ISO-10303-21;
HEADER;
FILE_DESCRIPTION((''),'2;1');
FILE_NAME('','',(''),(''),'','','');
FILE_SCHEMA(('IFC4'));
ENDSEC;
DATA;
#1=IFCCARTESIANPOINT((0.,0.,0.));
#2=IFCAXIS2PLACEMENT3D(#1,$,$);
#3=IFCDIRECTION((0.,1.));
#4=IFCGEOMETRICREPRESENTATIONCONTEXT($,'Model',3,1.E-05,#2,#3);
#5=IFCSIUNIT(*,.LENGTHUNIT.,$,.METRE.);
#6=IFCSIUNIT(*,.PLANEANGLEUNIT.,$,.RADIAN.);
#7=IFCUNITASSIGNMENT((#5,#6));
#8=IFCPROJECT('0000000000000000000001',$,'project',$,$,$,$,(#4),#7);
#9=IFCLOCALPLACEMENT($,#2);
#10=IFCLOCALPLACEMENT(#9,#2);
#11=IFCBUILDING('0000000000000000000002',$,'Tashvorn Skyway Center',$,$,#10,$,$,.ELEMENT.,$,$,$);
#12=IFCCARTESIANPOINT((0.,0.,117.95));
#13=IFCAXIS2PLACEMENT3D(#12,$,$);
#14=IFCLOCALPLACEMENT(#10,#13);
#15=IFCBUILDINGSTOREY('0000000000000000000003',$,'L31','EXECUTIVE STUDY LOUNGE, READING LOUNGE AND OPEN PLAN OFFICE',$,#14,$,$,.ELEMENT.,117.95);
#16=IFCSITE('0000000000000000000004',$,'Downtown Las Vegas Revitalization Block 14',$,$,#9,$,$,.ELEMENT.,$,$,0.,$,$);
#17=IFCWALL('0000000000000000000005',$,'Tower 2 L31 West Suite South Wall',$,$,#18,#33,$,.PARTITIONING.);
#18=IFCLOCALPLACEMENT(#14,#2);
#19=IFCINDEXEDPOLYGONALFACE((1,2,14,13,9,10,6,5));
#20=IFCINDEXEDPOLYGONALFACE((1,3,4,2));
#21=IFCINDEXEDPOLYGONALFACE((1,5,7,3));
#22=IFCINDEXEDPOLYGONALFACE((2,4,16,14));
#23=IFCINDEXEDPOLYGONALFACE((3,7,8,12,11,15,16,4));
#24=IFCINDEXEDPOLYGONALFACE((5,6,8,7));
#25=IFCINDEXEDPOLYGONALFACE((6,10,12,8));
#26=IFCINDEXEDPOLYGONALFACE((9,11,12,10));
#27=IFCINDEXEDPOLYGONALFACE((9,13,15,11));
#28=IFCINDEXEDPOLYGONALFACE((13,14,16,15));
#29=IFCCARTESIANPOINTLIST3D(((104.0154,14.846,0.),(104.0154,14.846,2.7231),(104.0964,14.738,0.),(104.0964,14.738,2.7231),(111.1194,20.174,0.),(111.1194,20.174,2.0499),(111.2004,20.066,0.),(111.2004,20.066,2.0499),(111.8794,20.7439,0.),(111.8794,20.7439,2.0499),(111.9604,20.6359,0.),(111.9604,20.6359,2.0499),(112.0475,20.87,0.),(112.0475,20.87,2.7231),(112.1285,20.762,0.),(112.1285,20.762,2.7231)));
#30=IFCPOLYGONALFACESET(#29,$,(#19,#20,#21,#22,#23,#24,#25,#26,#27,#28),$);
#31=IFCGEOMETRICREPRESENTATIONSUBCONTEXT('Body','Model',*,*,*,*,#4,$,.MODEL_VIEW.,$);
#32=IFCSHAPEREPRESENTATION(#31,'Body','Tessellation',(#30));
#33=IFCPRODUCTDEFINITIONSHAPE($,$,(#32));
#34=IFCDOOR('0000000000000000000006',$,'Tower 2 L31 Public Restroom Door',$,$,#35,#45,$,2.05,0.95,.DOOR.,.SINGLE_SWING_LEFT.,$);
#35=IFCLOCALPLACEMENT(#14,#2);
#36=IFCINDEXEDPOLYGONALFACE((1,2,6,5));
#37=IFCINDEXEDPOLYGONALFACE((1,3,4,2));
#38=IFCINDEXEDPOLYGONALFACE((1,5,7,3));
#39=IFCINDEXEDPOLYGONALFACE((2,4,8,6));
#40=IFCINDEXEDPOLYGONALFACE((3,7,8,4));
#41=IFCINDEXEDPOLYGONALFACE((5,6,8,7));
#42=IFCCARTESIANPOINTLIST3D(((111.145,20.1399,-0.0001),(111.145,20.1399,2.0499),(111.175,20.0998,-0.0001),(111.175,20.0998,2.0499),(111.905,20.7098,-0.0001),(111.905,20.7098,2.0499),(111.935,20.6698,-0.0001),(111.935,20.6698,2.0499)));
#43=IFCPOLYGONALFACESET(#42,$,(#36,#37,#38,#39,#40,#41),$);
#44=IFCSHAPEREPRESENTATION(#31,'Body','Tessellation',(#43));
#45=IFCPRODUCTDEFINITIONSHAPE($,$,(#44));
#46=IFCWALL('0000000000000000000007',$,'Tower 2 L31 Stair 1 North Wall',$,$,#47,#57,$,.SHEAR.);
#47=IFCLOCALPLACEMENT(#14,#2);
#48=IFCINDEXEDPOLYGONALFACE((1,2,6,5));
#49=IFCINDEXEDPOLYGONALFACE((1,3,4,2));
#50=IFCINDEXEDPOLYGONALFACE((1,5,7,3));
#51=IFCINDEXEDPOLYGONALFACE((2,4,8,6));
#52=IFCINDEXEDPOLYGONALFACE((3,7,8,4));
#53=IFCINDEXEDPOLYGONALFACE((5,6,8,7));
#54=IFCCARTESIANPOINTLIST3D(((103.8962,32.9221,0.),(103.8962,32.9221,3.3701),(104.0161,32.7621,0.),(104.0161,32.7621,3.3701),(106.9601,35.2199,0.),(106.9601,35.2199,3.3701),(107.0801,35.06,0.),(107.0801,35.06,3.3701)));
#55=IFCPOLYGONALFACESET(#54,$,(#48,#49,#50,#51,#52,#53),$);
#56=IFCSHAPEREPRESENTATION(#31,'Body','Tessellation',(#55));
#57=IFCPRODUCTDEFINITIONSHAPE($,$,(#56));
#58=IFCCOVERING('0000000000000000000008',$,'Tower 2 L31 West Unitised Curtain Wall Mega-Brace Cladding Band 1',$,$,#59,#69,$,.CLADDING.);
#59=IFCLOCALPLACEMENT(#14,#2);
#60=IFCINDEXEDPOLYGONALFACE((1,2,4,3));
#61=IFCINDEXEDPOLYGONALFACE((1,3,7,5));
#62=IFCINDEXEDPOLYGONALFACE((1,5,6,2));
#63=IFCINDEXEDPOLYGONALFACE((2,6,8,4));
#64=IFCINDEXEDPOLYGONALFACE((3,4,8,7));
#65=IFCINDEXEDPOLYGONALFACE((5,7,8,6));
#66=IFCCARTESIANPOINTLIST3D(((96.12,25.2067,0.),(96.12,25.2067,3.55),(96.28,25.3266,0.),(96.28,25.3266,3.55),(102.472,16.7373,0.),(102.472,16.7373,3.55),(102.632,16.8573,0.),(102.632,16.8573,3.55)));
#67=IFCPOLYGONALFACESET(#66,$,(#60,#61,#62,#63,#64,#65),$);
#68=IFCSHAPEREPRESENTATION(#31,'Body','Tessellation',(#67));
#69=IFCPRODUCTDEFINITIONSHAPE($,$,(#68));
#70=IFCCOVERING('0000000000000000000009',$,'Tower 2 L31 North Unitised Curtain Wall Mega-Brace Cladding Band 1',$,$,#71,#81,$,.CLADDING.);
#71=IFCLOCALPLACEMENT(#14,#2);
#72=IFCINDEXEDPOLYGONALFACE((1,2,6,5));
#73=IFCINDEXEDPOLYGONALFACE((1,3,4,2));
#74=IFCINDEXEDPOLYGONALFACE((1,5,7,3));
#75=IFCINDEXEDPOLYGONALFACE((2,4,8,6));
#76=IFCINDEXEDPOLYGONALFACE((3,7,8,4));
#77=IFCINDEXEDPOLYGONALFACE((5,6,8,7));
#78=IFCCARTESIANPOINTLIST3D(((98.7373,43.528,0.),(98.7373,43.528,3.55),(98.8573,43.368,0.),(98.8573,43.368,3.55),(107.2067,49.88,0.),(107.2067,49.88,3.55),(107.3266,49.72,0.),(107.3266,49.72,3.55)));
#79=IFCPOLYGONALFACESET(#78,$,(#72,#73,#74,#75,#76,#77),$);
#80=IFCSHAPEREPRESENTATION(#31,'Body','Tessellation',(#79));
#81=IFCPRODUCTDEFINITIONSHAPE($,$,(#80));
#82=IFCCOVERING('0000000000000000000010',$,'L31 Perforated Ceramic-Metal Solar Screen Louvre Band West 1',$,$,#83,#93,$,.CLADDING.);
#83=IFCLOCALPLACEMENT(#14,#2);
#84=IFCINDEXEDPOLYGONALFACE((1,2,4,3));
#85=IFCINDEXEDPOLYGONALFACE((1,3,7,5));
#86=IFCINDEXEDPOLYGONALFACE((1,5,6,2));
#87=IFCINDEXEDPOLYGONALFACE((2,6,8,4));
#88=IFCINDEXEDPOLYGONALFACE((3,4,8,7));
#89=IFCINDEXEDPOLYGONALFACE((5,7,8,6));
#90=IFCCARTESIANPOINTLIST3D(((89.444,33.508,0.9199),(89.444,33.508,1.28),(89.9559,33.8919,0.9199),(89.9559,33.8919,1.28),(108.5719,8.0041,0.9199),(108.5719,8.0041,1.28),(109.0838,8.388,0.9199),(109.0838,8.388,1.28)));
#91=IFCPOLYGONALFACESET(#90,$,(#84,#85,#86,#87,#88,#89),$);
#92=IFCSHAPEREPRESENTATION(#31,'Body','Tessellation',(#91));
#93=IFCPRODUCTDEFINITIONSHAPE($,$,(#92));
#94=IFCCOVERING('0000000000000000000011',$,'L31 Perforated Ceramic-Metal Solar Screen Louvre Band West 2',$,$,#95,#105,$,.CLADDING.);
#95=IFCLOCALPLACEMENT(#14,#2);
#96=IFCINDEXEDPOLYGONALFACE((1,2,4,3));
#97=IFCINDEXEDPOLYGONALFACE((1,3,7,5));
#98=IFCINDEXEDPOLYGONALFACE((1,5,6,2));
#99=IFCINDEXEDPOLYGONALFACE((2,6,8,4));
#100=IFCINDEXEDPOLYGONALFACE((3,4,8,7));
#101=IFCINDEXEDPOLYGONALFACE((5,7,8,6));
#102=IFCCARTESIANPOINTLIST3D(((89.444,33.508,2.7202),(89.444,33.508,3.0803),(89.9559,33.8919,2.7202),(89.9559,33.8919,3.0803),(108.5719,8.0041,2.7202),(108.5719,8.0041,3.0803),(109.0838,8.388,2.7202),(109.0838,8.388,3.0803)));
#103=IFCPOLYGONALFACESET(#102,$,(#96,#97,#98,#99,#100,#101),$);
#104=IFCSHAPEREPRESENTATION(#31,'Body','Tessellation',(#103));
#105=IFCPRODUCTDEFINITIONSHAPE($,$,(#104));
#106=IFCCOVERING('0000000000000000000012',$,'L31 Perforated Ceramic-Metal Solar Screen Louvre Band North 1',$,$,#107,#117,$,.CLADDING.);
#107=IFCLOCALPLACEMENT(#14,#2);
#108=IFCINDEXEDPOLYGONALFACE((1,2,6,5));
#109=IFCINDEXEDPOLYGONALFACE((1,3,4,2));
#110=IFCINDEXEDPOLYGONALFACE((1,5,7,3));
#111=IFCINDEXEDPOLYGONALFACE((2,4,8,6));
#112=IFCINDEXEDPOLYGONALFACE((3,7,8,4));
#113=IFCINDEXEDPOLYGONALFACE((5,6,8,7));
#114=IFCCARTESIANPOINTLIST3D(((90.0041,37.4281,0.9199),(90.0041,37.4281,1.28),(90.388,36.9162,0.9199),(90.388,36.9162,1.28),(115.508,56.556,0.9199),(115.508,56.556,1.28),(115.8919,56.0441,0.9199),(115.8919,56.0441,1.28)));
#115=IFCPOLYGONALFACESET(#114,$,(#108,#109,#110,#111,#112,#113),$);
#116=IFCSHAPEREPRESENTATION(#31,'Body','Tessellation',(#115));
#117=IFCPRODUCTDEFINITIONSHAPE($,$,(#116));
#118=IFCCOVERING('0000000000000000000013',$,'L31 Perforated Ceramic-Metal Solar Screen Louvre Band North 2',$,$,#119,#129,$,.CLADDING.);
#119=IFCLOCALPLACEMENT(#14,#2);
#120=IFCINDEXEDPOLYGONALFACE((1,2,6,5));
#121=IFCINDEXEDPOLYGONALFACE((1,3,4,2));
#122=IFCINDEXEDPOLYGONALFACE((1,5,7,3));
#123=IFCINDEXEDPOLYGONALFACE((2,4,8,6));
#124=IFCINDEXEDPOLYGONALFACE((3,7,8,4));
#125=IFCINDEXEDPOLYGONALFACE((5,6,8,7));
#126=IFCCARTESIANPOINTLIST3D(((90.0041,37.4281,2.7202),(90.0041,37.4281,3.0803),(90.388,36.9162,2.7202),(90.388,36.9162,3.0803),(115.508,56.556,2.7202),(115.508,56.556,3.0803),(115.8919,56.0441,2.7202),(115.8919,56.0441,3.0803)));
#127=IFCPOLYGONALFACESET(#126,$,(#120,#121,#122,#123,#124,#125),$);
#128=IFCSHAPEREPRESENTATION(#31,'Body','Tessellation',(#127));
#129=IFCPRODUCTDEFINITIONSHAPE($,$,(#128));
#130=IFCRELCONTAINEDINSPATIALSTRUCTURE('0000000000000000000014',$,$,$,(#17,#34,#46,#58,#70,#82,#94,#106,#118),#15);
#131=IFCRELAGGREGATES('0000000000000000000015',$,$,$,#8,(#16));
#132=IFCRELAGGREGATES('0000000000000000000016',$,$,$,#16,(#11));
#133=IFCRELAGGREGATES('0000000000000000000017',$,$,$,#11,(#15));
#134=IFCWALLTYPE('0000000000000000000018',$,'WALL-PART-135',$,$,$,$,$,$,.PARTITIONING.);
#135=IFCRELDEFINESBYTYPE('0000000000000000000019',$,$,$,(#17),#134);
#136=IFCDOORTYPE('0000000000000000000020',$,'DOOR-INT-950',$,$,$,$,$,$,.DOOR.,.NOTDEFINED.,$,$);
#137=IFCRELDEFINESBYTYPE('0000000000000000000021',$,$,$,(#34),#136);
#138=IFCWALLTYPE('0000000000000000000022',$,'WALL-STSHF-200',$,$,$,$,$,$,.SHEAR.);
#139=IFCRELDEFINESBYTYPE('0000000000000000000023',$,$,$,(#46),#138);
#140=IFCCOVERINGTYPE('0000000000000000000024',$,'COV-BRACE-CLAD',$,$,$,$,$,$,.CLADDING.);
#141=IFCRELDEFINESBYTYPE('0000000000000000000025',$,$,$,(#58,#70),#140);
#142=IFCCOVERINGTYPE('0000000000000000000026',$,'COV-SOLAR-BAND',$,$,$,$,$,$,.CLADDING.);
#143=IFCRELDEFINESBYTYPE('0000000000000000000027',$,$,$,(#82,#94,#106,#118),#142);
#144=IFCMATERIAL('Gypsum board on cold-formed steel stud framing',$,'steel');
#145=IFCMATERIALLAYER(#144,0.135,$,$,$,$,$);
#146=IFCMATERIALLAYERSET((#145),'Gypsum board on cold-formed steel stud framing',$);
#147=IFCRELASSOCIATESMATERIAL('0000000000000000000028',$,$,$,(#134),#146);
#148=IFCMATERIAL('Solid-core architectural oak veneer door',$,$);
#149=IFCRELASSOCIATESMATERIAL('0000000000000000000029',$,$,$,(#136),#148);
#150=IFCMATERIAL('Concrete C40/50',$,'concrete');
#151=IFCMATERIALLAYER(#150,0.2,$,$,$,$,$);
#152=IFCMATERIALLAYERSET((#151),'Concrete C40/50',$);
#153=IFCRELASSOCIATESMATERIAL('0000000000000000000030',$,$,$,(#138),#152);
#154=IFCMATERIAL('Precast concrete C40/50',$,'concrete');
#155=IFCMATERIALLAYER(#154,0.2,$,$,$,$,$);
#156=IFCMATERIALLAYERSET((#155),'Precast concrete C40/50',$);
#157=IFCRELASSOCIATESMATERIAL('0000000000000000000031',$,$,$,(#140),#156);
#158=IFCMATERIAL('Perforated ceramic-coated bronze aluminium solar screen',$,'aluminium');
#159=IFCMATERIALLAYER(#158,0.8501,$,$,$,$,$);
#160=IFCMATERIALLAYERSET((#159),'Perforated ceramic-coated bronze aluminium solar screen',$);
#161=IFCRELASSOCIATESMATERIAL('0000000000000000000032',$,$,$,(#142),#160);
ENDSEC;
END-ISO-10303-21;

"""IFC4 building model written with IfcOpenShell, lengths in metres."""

from ifc_helpers import new_model, si_unit, direction, frame, frame_2d, origin, origin_2d, place, context, subcontext, project, spatial, rectangle, extrude, material, layer, layer_set, type_object, element, fill, save


model = new_model("IFC4")

# Units and contexts
model_context = context("Model", 3, precision=1e-05, world=origin(), true_north=direction((0.0, 1.0)))
body_context = subcontext(model_context, "Body", "Model", "MODEL_VIEW")
ifc_project = project(units=[si_unit("LENGTHUNIT", "METRE"), si_unit("PLANEANGLEUNIT", "RADIAN")], contexts=[model_context])

# Site, building, storey
site_placement = place(None, origin())
site = spatial("IfcSite", under=ifc_project, at=site_placement, Name="Downtown Las Vegas Revitalization Block 14", CompositionType="ELEMENT", RefElevation=0.0)
building_placement = place(site_placement, origin())
building = spatial("IfcBuilding", under=site, at=building_placement, Name="Tashvorn Skyway Center", CompositionType="ELEMENT")
storey_placement = place(building_placement, frame((0.0, 0.0, 117.95)))
storey = spatial("IfcBuildingStorey", under=building, at=storey_placement, Name="L31", Description="EXECUTIVE STUDY LOUNGE, READING LOUNGE AND OPEN PLAN OFFICE", CompositionType="ELEMENT", Elevation=117.95)

# Shared definitions
ifc_material_1 = material(Name="Gypsum board on cold-formed steel stud framing", Category="steel")

# Wall, opening, door
ifc_layer_1 = layer(ifc_material_1, 0.135)
ifc_layer_set_1 = layer_set([ifc_layer_1], Name="Gypsum board on cold-formed steel stud framing")
wall_type_1 = type_object("IfcWallType", Name="WALL-PART-135", PredefinedType="PARTITIONING", material=ifc_layer_set_1)
ifc_material_2 = material(Name="Solid-core architectural oak veneer door")
door_type_1 = type_object("IfcDoorType", Name="DOOR-INT-950", OperationType="NOTDEFINED", PredefinedType="DOOR", material=ifc_material_2)
wall_1_placement = place(storey_placement, frame((104.0559, 14.792, 0.0), z_axis=(0.0, 0.0, 1.0), x_axis=(0.800003, 0.599996, 0.0)))
wall_1 = element("IfcWall", 1, at=wall_1_placement, inside=storey, type_object=wall_type_1, Name="Tower 2 L31 West Suite South Wall", PredefinedType="PARTITIONING", context=body_context, shape_type="SweptSolid", body=[
    extrude(rectangle(XDim=10.04, YDim=0.135, at=frame_2d((5.02, 0.0))), origin(), (0.0, 0.0, 1.0), 2.7231),
])
opening_1_placement = place(wall_1_placement, frame((8.8799, 0.0, 0.0)))
opening_1 = element("IfcOpeningElement", 2, at=opening_1_placement, cuts=wall_1, PredefinedType="OPENING", context=body_context, shape_type="SweptSolid", body=[
    extrude(rectangle(XDim=0.95, YDim=2.05, at=frame_2d((0.4751, 1.0249))), frame((0.0, 0.0774, 0.0), z_axis=(0.0, -1.0, 0.0), x_axis=(1.0, 0.0, 0.0)), (0.0, 0.0, 1.0), 0.155),
])
door_1_placement = place(opening_1_placement, origin())
door_1 = element("IfcDoor", 3, at=door_1_placement, inside=storey, type_object=door_type_1, Name="Tower 2 L31 Public Restroom Door", OperationType="SINGLE_SWING_LEFT", OverallHeight=2.05, OverallWidth=0.95, PredefinedType="DOOR", context=body_context, shape_type="SweptSolid", body=[
    extrude(rectangle(XDim=0.95, YDim=2.05, at=frame_2d((0.4751, 1.0249))), frame((0.0, 0.0249, 0.0), z_axis=(0.0, -1.0, 0.0), x_axis=(1.0, 0.0, 0.0)), (0.0, 0.0, 1.0), 0.05),
])
fill(opening_1, door_1)

# Wall
ifc_material_3 = material(Name="Concrete C40/50", Category="concrete")
ifc_layer_2 = layer(ifc_material_3, 0.2)
ifc_layer_set_2 = layer_set([ifc_layer_2], Name="Concrete C40/50")
wall_type_2 = type_object("IfcWallType", Name="WALL-STSHF-200", PredefinedType="SHEAR", material=ifc_layer_set_2)
wall_2_placement = place(storey_placement, frame((103.9561, 32.842, 0.0), z_axis=(0.0, 0.0, 1.0), x_axis=(0.800015, 0.59998, 0.0)))
element("IfcWall", 4, at=wall_2_placement, inside=storey, type_object=wall_type_2, Name="Tower 2 L31 Stair 1 North Wall", PredefinedType="SHEAR", context=body_context, shape_type="SweptSolid", body=[
    extrude(rectangle(XDim=3.8298, YDim=0.2, at=frame_2d((1.915, 0.0))), origin(), (0.0, 0.0, 1.0), 3.3701),
])

# Coverings
ifc_material_4 = material(Name="Precast concrete C40/50", Category="concrete")
ifc_layer_3 = layer(ifc_material_4, 0.2)
ifc_layer_set_3 = layer_set([ifc_layer_3], Name="Precast concrete C40/50")
covering_type_1 = type_object("IfcCoveringType", Name="COV-BRACE-CLAD", PredefinedType="CLADDING", material=ifc_layer_set_3)
for number, where, z_axis, x_axis, name in (
    (5, (99.376, 21.032, 0.0), (0.0, 0.0, 1.0), (-0.6, 0.8, 0.0), "Tower 2 L31 West Unitised Curtain Wall Mega-Brace Cladding Band 1"),
    (6, (103.032, 46.624, 0.0), (0.0, 0.0, 1.0), (0.8, 0.6, 0.0), "Tower 2 L31 North Unitised Curtain Wall Mega-Brace Cladding Band 1"),
):
    element("IfcCovering", number, at=place(storey_placement, frame(where, z_axis=z_axis, x_axis=x_axis)), inside=storey, type_object=covering_type_1, Name=name, PredefinedType="CLADDING", context=body_context, shape_type="SweptSolid", body=[
        extrude(rectangle(XDim=10.5867, YDim=0.2, at=origin_2d()), origin(), (0.0, 0.0, 1.0), 3.55),
    ])
ifc_material_5 = material(Name="Perforated ceramic-coated bronze aluminium solar screen", Category="aluminium")
ifc_layer_4 = layer(ifc_material_5, 0.8501)
ifc_layer_set_4 = layer_set([ifc_layer_4], Name="Perforated ceramic-coated bronze aluminium solar screen")
covering_type_2 = type_object("IfcCoveringType", Name="COV-SOLAR-BAND", PredefinedType="CLADDING", material=ifc_layer_set_4)
for number, where, z_axis, x_axis, name in (
    (7, (99.2639, 20.948, 0.9199), (0.0, 0.0, 1.0), (-0.6, 0.8, 0.0), "L31 Perforated Ceramic-Metal Solar Screen Louvre Band West 1"),
    (8, (99.2639, 20.948, 2.7202), (0.0, 0.0, 1.0), (-0.6, 0.8, 0.0), "L31 Perforated Ceramic-Metal Solar Screen Louvre Band West 2"),
    (9, (102.948, 46.7361, 0.9199), (0.0, 0.0, 1.0), (0.8, 0.6, 0.0), "L31 Perforated Ceramic-Metal Solar Screen Louvre Band North 1"),
    (10, (102.948, 46.7361, 2.7202), (0.0, 0.0, 1.0), (0.8, 0.6, 0.0), "L31 Perforated Ceramic-Metal Solar Screen Louvre Band North 2"),
):
    element("IfcCovering", number, at=place(storey_placement, frame(where, z_axis=z_axis, x_axis=x_axis)), inside=storey, type_object=covering_type_2, Name=name, PredefinedType="CLADDING", context=body_context, shape_type="SweptSolid", body=[
        extrude(rectangle(XDim=31.8799, YDim=0.6399, at=origin_2d()), origin(), (0.0, 0.0, 1.0), 0.3601),
    ])

save(model, "model.ifc")
